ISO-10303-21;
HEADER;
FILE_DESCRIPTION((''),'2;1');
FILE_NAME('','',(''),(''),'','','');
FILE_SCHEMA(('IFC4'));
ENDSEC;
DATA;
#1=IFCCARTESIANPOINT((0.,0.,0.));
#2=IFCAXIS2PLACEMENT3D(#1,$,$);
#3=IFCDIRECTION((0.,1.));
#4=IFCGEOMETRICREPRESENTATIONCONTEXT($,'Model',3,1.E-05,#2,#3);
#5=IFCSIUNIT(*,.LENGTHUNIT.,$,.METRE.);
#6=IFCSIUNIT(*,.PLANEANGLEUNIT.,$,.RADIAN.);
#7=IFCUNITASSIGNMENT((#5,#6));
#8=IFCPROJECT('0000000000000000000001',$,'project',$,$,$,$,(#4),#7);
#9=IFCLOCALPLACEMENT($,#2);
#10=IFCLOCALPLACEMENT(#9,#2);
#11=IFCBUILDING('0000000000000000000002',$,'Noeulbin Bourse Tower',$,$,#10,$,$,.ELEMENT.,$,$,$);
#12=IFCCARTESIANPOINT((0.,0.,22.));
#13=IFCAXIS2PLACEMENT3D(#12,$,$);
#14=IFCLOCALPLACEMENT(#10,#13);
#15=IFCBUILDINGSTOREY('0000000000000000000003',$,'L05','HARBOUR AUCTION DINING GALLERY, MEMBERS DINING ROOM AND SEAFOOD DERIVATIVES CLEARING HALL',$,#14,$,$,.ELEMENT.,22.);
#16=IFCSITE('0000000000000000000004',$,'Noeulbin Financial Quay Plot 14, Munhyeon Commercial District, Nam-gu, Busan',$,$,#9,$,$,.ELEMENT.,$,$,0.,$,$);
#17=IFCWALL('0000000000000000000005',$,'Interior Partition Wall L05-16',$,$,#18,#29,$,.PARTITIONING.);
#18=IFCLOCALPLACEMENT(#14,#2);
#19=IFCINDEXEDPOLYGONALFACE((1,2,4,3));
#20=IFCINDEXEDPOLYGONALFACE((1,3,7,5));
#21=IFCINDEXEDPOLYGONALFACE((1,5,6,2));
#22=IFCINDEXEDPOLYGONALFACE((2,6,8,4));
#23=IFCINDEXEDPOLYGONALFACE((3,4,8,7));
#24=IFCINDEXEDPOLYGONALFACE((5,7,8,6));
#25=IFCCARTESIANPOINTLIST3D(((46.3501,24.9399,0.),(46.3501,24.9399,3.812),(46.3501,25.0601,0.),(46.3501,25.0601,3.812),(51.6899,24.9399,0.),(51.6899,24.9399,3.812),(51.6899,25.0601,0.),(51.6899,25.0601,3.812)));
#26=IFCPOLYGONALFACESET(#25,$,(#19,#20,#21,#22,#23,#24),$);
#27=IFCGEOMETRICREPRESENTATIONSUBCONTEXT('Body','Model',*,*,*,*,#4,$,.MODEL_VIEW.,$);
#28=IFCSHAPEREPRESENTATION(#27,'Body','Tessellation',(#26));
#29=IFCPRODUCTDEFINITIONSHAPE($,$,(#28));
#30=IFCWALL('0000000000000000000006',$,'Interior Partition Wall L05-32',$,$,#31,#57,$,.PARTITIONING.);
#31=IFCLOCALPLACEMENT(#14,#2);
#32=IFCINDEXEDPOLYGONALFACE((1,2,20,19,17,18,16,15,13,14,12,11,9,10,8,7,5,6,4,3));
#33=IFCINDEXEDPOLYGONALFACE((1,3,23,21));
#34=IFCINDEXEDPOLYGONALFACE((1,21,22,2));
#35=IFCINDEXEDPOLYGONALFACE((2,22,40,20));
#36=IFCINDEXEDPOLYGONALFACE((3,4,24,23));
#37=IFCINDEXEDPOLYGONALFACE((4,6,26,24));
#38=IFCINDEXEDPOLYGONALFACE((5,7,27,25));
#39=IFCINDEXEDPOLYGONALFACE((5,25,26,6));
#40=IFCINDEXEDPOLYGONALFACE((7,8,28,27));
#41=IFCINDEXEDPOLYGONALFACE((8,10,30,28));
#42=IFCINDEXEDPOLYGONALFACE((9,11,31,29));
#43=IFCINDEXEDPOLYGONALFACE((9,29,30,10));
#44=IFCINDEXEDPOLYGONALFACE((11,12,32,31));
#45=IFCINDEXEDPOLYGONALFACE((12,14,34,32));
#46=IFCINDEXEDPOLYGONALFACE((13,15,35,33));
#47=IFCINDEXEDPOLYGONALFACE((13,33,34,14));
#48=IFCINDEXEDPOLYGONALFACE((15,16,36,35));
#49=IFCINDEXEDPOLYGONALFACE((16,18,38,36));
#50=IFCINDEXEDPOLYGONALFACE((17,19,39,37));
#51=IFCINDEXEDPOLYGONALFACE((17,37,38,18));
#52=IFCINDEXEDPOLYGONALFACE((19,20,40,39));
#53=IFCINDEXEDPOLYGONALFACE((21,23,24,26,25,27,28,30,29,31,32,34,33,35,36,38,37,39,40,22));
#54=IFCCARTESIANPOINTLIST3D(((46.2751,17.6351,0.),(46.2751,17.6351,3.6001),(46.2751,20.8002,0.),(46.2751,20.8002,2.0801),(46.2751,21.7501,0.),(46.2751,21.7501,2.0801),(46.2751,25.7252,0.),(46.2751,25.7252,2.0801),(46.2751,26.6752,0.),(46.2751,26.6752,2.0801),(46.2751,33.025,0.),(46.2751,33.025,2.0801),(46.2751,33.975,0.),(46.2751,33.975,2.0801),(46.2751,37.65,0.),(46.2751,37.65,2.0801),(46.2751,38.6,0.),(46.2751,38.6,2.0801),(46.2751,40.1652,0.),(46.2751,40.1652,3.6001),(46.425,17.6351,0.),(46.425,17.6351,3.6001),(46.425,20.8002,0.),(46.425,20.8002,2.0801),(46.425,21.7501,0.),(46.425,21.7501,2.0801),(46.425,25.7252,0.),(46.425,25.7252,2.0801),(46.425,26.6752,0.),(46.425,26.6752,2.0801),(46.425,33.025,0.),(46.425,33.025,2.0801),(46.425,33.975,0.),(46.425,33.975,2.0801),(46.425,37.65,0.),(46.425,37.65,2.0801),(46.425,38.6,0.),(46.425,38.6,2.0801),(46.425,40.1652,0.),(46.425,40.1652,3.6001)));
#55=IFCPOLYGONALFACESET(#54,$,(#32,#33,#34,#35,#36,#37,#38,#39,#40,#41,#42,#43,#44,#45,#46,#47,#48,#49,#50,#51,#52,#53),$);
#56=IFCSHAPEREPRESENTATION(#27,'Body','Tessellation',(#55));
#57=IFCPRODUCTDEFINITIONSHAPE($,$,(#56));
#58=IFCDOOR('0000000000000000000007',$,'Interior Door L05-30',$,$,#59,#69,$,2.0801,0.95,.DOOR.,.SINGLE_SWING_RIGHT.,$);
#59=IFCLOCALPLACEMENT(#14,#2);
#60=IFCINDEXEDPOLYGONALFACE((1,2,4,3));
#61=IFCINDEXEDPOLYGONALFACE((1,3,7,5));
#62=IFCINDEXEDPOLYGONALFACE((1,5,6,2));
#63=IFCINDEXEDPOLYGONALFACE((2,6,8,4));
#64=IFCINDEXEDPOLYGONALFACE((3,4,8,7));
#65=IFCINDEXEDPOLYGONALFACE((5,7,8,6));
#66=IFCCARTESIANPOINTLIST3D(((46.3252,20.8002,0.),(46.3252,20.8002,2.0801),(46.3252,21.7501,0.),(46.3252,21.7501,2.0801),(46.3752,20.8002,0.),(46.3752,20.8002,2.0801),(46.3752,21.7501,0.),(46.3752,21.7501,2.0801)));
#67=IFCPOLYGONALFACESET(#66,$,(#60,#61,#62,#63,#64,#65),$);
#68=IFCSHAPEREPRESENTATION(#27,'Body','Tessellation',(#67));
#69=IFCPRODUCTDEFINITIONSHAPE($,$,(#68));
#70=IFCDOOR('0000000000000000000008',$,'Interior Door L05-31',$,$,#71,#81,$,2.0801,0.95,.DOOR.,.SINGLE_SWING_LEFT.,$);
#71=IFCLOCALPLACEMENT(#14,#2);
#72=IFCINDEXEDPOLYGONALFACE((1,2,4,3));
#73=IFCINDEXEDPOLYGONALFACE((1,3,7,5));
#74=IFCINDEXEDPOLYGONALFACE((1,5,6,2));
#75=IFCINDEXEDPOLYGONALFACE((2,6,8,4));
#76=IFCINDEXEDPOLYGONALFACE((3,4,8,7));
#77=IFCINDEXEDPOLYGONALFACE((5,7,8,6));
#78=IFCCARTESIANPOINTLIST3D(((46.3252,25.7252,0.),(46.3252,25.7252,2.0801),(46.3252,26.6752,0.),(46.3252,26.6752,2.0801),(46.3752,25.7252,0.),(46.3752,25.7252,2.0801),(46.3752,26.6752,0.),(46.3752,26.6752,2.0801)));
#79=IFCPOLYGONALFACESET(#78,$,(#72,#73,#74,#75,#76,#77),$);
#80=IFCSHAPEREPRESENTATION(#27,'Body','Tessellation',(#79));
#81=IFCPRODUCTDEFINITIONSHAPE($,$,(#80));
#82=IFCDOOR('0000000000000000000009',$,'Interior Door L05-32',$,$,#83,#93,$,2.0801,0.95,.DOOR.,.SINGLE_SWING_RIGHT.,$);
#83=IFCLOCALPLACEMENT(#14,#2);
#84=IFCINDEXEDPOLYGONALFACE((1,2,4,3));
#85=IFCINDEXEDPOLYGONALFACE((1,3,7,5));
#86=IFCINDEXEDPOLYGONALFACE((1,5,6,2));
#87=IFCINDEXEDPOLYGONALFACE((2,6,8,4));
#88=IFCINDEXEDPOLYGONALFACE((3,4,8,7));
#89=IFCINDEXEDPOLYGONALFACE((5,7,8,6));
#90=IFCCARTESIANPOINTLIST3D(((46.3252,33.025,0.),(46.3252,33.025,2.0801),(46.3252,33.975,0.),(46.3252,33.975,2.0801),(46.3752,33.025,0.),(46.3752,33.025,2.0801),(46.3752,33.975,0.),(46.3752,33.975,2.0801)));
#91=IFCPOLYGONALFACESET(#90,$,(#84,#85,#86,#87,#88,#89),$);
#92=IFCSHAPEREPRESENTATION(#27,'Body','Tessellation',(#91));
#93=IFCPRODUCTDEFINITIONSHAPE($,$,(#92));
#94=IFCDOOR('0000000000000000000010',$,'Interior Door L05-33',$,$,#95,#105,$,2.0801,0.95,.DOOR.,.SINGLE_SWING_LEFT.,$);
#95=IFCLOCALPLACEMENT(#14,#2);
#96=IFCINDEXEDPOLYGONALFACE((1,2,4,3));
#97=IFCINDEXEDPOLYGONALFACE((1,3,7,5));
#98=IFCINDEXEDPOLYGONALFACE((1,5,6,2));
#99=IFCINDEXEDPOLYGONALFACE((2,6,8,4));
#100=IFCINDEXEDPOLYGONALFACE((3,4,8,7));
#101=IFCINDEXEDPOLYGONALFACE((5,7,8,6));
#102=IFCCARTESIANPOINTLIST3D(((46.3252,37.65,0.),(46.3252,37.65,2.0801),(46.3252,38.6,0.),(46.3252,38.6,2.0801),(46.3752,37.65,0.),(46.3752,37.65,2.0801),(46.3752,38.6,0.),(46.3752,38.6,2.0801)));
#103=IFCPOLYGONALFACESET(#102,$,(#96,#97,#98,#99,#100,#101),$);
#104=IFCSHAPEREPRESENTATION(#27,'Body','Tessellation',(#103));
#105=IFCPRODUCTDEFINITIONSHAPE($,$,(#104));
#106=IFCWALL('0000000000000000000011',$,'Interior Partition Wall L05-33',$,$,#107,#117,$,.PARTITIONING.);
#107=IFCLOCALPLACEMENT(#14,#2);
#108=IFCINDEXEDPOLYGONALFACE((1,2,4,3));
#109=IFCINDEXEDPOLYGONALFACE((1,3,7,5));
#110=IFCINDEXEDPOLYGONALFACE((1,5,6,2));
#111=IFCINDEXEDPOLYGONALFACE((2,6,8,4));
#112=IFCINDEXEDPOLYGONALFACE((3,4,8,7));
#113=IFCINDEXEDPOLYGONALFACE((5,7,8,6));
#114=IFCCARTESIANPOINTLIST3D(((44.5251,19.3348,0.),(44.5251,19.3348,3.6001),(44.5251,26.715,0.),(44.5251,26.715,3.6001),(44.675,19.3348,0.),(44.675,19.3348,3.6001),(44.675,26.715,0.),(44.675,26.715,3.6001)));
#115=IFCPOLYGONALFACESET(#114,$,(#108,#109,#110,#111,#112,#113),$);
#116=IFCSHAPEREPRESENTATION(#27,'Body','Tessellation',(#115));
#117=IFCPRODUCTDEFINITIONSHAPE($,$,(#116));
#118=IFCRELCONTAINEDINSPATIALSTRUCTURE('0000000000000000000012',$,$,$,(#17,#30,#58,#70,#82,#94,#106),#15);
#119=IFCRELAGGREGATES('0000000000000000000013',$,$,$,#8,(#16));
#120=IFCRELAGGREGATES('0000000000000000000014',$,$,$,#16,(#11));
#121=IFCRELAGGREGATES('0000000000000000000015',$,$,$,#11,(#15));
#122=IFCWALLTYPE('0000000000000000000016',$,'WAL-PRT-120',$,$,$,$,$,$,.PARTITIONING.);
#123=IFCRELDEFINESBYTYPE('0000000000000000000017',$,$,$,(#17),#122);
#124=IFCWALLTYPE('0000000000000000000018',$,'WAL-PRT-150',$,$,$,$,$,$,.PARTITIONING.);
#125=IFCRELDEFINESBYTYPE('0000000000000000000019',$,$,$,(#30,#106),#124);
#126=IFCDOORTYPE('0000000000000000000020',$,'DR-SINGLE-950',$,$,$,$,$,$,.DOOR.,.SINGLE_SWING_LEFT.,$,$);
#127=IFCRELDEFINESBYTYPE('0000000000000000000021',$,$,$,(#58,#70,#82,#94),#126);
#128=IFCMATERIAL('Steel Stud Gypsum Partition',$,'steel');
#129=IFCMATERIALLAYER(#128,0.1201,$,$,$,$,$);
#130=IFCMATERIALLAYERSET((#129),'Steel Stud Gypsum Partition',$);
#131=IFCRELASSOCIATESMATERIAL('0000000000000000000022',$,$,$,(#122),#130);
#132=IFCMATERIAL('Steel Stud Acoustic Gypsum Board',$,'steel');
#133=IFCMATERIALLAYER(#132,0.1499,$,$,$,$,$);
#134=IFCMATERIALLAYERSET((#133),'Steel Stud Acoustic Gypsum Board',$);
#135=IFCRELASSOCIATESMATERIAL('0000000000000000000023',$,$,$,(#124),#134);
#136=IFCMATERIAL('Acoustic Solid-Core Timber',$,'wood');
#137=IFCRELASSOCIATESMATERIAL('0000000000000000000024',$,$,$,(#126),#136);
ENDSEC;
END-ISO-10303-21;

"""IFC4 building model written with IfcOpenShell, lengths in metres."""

from ifc_helpers import new_model, si_unit, direction, frame, frame_2d, origin, place, context, subcontext, project, spatial, rectangle, extrude, material, layer, layer_set, type_object, element, fill, save


model = new_model("IFC4")

# Units and contexts
model_context = context("Model", 3, precision=1e-05, world=origin(), true_north=direction((0.0, 1.0)))
body_context = subcontext(model_context, "Body", "Model", "MODEL_VIEW")
ifc_project = project(units=[si_unit("LENGTHUNIT", "METRE"), si_unit("PLANEANGLEUNIT", "RADIAN")], contexts=[model_context])

# Site, building, storey
site_placement = place(None, origin())
site = spatial("IfcSite", under=ifc_project, at=site_placement, Name="Noeulbin Financial Quay Plot 14, Munhyeon Commercial District, Nam-gu, Busan", CompositionType="ELEMENT", RefElevation=0.0)
building_placement = place(site_placement, origin())
building = spatial("IfcBuilding", under=site, at=building_placement, Name="Noeulbin Bourse Tower", CompositionType="ELEMENT")
storey_placement = place(building_placement, frame((0.0, 0.0, 22.0)))
storey = spatial("IfcBuildingStorey", under=building, at=storey_placement, Name="L05", Description="HARBOUR AUCTION DINING GALLERY, MEMBERS DINING ROOM AND SEAFOOD DERIVATIVES CLEARING HALL", CompositionType="ELEMENT", Elevation=22.0)

# Wall
ifc_material_1 = material(Name="Steel Stud Gypsum Partition", Category="steel")
ifc_layer_1 = layer(ifc_material_1, 0.1201)
ifc_layer_set_1 = layer_set([ifc_layer_1], Name="Steel Stud Gypsum Partition")
wall_type_1 = type_object("IfcWallType", Name="WAL-PRT-120", PredefinedType="PARTITIONING", material=ifc_layer_set_1)
wall_1_placement = place(storey_placement, frame((46.3501, 25.0, 0.0), z_axis=(0.0, 0.0, 1.0), x_axis=(1.0, 0.0, 0.0)))
element("IfcWall", 1, at=wall_1_placement, inside=storey, type_object=wall_type_1, Name="Interior Partition Wall L05-16", PredefinedType="PARTITIONING", context=body_context, shape_type="SweptSolid", body=[
    extrude(rectangle(XDim=5.3398, YDim=0.1201, at=frame_2d((2.6699, 0.0))), origin(), (0.0, 0.0, 1.0), 3.812),
])

# Wall, openings, doors
ifc_material_2 = material(Name="Steel Stud Acoustic Gypsum Board", Category="steel")
ifc_layer_2 = layer(ifc_material_2, 0.1499)
ifc_layer_set_2 = layer_set([ifc_layer_2], Name="Steel Stud Acoustic Gypsum Board")
wall_type_2 = type_object("IfcWallType", Name="WAL-PRT-150", PredefinedType="PARTITIONING", material=ifc_layer_set_2)
wall_2_placement = place(storey_placement, frame((46.3501, 17.635, 0.0), z_axis=(0.0, 0.0, 1.0), x_axis=(0.0, 1.0, 0.0)))
wall_2 = element("IfcWall", 2, at=wall_2_placement, inside=storey, type_object=wall_type_2, Name="Interior Partition Wall L05-32", PredefinedType="PARTITIONING", context=body_context, shape_type="SweptSolid", body=[
    extrude(rectangle(XDim=22.53, YDim=0.1499, at=frame_2d((11.2651, 0.0))), origin(), (0.0, 0.0, 1.0), 3.6001),
])
opening_1_placement = place(wall_2_placement, frame((3.165, 0.0, 0.0)))
opening_1 = element("IfcOpeningElement", 3, at=opening_1_placement, cuts=wall_2, PredefinedType="OPENING", context=body_context, shape_type="SweptSolid", body=[
    extrude(rectangle(XDim=0.95, YDim=2.0801, at=frame_2d((0.4751, 1.04))), frame((0.0, 0.085, 0.0), z_axis=(0.0, -1.0, 0.0), x_axis=(1.0, 0.0, 0.0)), (0.0, 0.0, 1.0), 0.1699),
])
opening_2_placement = place(wall_2_placement, frame((8.0901, 0.0, 0.0)))
opening_2 = element("IfcOpeningElement", 4, at=opening_2_placement, cuts=wall_2, PredefinedType="OPENING", context=body_context, shape_type="SweptSolid", body=[
    extrude(rectangle(XDim=0.95, YDim=2.0801, at=frame_2d((0.4751, 1.04))), frame((0.0, 0.085, 0.0), z_axis=(0.0, -1.0, 0.0), x_axis=(1.0, 0.0, 0.0)), (0.0, 0.0, 1.0), 0.1699),
])
opening_3_placement = place(wall_2_placement, frame((15.3899, 0.0, 0.0)))
opening_3 = element("IfcOpeningElement", 5, at=opening_3_placement, cuts=wall_2, PredefinedType="OPENING", context=body_context, shape_type="SweptSolid", body=[
    extrude(rectangle(XDim=0.95, YDim=2.0801, at=frame_2d((0.4751, 1.04))), frame((0.0, 0.085, 0.0), z_axis=(0.0, -1.0, 0.0), x_axis=(1.0, 0.0, 0.0)), (0.0, 0.0, 1.0), 0.1699),
])
opening_4_placement = place(wall_2_placement, frame((20.0149, 0.0, 0.0)))
opening_4 = element("IfcOpeningElement", 6, at=opening_4_placement, cuts=wall_2, PredefinedType="OPENING", context=body_context, shape_type="SweptSolid", body=[
    extrude(rectangle(XDim=0.95, YDim=2.0801, at=frame_2d((0.4751, 1.04))), frame((0.0, 0.085, 0.0), z_axis=(0.0, -1.0, 0.0), x_axis=(1.0, 0.0, 0.0)), (0.0, 0.0, 1.0), 0.1699),
])
ifc_material_3 = material(Name="Acoustic Solid-Core Timber", Category="wood")
door_type = type_object("IfcDoorType", Name="DR-SINGLE-950", OperationType="SINGLE_SWING_LEFT", PredefinedType="DOOR", material=ifc_material_3)
door_1_placement = place(opening_1_placement, origin())
door_1 = element("IfcDoor", 7, at=door_1_placement, inside=storey, type_object=door_type, Name="Interior Door L05-30", OperationType="SINGLE_SWING_RIGHT", OverallHeight=2.0801, OverallWidth=0.95, PredefinedType="DOOR", context=body_context, shape_type="SweptSolid", body=[
    extrude(rectangle(XDim=0.95, YDim=2.0801, at=frame_2d((0.4751, 1.04))), frame((0.0, 0.0249, 0.0), z_axis=(0.0, -1.0, 0.0), x_axis=(1.0, 0.0, 0.0)), (0.0, 0.0, 1.0), 0.05),
])
fill(opening_1, door_1)
door_2_placement = place(opening_2_placement, origin())
door_2 = element("IfcDoor", 8, at=door_2_placement, inside=storey, type_object=door_type, Name="Interior Door L05-31", OperationType="SINGLE_SWING_LEFT", OverallHeight=2.0801, OverallWidth=0.95, PredefinedType="DOOR", context=body_context, shape_type="SweptSolid", body=[
    extrude(rectangle(XDim=0.95, YDim=2.0801, at=frame_2d((0.4751, 1.04))), frame((0.0, 0.0249, 0.0), z_axis=(0.0, -1.0, 0.0), x_axis=(1.0, 0.0, 0.0)), (0.0, 0.0, 1.0), 0.05),
])
fill(opening_2, door_2)
door_3_placement = place(opening_3_placement, origin())
door_3 = element("IfcDoor", 9, at=door_3_placement, inside=storey, type_object=door_type, Name="Interior Door L05-32", OperationType="SINGLE_SWING_RIGHT", OverallHeight=2.0801, OverallWidth=0.95, PredefinedType="DOOR", context=body_context, shape_type="SweptSolid", body=[
    extrude(rectangle(XDim=0.95, YDim=2.0801, at=frame_2d((0.4751, 1.04))), frame((0.0, 0.0249, 0.0), z_axis=(0.0, -1.0, 0.0), x_axis=(1.0, 0.0, 0.0)), (0.0, 0.0, 1.0), 0.05),
])
fill(opening_3, door_3)
door_4_placement = place(opening_4_placement, origin())
door_4 = element("IfcDoor", 10, at=door_4_placement, inside=storey, type_object=door_type, Name="Interior Door L05-33", OperationType="SINGLE_SWING_LEFT", OverallHeight=2.0801, OverallWidth=0.95, PredefinedType="DOOR", context=body_context, shape_type="SweptSolid", body=[
    extrude(rectangle(XDim=0.95, YDim=2.0801, at=frame_2d((0.4751, 1.04))), frame((0.0, 0.0249, 0.0), z_axis=(0.0, -1.0, 0.0), x_axis=(1.0, 0.0, 0.0)), (0.0, 0.0, 1.0), 0.05),
])
fill(opening_4, door_4)

# Wall
wall_3_placement = place(storey_placement, frame((44.6001, 19.335, 0.0), z_axis=(0.0, 0.0, 1.0), x_axis=(0.0, 1.0, 0.0)))
element("IfcWall", 11, at=wall_3_placement, inside=storey, type_object=wall_type_2, Name="Interior Partition Wall L05-33", PredefinedType="PARTITIONING", context=body_context, shape_type="SweptSolid", body=[
    extrude(rectangle(XDim=7.3801, YDim=0.1499, at=frame_2d((3.6899, 0.0))), origin(), (0.0, 0.0, 1.0), 3.6001),
])

save(model, "model.ifc")
